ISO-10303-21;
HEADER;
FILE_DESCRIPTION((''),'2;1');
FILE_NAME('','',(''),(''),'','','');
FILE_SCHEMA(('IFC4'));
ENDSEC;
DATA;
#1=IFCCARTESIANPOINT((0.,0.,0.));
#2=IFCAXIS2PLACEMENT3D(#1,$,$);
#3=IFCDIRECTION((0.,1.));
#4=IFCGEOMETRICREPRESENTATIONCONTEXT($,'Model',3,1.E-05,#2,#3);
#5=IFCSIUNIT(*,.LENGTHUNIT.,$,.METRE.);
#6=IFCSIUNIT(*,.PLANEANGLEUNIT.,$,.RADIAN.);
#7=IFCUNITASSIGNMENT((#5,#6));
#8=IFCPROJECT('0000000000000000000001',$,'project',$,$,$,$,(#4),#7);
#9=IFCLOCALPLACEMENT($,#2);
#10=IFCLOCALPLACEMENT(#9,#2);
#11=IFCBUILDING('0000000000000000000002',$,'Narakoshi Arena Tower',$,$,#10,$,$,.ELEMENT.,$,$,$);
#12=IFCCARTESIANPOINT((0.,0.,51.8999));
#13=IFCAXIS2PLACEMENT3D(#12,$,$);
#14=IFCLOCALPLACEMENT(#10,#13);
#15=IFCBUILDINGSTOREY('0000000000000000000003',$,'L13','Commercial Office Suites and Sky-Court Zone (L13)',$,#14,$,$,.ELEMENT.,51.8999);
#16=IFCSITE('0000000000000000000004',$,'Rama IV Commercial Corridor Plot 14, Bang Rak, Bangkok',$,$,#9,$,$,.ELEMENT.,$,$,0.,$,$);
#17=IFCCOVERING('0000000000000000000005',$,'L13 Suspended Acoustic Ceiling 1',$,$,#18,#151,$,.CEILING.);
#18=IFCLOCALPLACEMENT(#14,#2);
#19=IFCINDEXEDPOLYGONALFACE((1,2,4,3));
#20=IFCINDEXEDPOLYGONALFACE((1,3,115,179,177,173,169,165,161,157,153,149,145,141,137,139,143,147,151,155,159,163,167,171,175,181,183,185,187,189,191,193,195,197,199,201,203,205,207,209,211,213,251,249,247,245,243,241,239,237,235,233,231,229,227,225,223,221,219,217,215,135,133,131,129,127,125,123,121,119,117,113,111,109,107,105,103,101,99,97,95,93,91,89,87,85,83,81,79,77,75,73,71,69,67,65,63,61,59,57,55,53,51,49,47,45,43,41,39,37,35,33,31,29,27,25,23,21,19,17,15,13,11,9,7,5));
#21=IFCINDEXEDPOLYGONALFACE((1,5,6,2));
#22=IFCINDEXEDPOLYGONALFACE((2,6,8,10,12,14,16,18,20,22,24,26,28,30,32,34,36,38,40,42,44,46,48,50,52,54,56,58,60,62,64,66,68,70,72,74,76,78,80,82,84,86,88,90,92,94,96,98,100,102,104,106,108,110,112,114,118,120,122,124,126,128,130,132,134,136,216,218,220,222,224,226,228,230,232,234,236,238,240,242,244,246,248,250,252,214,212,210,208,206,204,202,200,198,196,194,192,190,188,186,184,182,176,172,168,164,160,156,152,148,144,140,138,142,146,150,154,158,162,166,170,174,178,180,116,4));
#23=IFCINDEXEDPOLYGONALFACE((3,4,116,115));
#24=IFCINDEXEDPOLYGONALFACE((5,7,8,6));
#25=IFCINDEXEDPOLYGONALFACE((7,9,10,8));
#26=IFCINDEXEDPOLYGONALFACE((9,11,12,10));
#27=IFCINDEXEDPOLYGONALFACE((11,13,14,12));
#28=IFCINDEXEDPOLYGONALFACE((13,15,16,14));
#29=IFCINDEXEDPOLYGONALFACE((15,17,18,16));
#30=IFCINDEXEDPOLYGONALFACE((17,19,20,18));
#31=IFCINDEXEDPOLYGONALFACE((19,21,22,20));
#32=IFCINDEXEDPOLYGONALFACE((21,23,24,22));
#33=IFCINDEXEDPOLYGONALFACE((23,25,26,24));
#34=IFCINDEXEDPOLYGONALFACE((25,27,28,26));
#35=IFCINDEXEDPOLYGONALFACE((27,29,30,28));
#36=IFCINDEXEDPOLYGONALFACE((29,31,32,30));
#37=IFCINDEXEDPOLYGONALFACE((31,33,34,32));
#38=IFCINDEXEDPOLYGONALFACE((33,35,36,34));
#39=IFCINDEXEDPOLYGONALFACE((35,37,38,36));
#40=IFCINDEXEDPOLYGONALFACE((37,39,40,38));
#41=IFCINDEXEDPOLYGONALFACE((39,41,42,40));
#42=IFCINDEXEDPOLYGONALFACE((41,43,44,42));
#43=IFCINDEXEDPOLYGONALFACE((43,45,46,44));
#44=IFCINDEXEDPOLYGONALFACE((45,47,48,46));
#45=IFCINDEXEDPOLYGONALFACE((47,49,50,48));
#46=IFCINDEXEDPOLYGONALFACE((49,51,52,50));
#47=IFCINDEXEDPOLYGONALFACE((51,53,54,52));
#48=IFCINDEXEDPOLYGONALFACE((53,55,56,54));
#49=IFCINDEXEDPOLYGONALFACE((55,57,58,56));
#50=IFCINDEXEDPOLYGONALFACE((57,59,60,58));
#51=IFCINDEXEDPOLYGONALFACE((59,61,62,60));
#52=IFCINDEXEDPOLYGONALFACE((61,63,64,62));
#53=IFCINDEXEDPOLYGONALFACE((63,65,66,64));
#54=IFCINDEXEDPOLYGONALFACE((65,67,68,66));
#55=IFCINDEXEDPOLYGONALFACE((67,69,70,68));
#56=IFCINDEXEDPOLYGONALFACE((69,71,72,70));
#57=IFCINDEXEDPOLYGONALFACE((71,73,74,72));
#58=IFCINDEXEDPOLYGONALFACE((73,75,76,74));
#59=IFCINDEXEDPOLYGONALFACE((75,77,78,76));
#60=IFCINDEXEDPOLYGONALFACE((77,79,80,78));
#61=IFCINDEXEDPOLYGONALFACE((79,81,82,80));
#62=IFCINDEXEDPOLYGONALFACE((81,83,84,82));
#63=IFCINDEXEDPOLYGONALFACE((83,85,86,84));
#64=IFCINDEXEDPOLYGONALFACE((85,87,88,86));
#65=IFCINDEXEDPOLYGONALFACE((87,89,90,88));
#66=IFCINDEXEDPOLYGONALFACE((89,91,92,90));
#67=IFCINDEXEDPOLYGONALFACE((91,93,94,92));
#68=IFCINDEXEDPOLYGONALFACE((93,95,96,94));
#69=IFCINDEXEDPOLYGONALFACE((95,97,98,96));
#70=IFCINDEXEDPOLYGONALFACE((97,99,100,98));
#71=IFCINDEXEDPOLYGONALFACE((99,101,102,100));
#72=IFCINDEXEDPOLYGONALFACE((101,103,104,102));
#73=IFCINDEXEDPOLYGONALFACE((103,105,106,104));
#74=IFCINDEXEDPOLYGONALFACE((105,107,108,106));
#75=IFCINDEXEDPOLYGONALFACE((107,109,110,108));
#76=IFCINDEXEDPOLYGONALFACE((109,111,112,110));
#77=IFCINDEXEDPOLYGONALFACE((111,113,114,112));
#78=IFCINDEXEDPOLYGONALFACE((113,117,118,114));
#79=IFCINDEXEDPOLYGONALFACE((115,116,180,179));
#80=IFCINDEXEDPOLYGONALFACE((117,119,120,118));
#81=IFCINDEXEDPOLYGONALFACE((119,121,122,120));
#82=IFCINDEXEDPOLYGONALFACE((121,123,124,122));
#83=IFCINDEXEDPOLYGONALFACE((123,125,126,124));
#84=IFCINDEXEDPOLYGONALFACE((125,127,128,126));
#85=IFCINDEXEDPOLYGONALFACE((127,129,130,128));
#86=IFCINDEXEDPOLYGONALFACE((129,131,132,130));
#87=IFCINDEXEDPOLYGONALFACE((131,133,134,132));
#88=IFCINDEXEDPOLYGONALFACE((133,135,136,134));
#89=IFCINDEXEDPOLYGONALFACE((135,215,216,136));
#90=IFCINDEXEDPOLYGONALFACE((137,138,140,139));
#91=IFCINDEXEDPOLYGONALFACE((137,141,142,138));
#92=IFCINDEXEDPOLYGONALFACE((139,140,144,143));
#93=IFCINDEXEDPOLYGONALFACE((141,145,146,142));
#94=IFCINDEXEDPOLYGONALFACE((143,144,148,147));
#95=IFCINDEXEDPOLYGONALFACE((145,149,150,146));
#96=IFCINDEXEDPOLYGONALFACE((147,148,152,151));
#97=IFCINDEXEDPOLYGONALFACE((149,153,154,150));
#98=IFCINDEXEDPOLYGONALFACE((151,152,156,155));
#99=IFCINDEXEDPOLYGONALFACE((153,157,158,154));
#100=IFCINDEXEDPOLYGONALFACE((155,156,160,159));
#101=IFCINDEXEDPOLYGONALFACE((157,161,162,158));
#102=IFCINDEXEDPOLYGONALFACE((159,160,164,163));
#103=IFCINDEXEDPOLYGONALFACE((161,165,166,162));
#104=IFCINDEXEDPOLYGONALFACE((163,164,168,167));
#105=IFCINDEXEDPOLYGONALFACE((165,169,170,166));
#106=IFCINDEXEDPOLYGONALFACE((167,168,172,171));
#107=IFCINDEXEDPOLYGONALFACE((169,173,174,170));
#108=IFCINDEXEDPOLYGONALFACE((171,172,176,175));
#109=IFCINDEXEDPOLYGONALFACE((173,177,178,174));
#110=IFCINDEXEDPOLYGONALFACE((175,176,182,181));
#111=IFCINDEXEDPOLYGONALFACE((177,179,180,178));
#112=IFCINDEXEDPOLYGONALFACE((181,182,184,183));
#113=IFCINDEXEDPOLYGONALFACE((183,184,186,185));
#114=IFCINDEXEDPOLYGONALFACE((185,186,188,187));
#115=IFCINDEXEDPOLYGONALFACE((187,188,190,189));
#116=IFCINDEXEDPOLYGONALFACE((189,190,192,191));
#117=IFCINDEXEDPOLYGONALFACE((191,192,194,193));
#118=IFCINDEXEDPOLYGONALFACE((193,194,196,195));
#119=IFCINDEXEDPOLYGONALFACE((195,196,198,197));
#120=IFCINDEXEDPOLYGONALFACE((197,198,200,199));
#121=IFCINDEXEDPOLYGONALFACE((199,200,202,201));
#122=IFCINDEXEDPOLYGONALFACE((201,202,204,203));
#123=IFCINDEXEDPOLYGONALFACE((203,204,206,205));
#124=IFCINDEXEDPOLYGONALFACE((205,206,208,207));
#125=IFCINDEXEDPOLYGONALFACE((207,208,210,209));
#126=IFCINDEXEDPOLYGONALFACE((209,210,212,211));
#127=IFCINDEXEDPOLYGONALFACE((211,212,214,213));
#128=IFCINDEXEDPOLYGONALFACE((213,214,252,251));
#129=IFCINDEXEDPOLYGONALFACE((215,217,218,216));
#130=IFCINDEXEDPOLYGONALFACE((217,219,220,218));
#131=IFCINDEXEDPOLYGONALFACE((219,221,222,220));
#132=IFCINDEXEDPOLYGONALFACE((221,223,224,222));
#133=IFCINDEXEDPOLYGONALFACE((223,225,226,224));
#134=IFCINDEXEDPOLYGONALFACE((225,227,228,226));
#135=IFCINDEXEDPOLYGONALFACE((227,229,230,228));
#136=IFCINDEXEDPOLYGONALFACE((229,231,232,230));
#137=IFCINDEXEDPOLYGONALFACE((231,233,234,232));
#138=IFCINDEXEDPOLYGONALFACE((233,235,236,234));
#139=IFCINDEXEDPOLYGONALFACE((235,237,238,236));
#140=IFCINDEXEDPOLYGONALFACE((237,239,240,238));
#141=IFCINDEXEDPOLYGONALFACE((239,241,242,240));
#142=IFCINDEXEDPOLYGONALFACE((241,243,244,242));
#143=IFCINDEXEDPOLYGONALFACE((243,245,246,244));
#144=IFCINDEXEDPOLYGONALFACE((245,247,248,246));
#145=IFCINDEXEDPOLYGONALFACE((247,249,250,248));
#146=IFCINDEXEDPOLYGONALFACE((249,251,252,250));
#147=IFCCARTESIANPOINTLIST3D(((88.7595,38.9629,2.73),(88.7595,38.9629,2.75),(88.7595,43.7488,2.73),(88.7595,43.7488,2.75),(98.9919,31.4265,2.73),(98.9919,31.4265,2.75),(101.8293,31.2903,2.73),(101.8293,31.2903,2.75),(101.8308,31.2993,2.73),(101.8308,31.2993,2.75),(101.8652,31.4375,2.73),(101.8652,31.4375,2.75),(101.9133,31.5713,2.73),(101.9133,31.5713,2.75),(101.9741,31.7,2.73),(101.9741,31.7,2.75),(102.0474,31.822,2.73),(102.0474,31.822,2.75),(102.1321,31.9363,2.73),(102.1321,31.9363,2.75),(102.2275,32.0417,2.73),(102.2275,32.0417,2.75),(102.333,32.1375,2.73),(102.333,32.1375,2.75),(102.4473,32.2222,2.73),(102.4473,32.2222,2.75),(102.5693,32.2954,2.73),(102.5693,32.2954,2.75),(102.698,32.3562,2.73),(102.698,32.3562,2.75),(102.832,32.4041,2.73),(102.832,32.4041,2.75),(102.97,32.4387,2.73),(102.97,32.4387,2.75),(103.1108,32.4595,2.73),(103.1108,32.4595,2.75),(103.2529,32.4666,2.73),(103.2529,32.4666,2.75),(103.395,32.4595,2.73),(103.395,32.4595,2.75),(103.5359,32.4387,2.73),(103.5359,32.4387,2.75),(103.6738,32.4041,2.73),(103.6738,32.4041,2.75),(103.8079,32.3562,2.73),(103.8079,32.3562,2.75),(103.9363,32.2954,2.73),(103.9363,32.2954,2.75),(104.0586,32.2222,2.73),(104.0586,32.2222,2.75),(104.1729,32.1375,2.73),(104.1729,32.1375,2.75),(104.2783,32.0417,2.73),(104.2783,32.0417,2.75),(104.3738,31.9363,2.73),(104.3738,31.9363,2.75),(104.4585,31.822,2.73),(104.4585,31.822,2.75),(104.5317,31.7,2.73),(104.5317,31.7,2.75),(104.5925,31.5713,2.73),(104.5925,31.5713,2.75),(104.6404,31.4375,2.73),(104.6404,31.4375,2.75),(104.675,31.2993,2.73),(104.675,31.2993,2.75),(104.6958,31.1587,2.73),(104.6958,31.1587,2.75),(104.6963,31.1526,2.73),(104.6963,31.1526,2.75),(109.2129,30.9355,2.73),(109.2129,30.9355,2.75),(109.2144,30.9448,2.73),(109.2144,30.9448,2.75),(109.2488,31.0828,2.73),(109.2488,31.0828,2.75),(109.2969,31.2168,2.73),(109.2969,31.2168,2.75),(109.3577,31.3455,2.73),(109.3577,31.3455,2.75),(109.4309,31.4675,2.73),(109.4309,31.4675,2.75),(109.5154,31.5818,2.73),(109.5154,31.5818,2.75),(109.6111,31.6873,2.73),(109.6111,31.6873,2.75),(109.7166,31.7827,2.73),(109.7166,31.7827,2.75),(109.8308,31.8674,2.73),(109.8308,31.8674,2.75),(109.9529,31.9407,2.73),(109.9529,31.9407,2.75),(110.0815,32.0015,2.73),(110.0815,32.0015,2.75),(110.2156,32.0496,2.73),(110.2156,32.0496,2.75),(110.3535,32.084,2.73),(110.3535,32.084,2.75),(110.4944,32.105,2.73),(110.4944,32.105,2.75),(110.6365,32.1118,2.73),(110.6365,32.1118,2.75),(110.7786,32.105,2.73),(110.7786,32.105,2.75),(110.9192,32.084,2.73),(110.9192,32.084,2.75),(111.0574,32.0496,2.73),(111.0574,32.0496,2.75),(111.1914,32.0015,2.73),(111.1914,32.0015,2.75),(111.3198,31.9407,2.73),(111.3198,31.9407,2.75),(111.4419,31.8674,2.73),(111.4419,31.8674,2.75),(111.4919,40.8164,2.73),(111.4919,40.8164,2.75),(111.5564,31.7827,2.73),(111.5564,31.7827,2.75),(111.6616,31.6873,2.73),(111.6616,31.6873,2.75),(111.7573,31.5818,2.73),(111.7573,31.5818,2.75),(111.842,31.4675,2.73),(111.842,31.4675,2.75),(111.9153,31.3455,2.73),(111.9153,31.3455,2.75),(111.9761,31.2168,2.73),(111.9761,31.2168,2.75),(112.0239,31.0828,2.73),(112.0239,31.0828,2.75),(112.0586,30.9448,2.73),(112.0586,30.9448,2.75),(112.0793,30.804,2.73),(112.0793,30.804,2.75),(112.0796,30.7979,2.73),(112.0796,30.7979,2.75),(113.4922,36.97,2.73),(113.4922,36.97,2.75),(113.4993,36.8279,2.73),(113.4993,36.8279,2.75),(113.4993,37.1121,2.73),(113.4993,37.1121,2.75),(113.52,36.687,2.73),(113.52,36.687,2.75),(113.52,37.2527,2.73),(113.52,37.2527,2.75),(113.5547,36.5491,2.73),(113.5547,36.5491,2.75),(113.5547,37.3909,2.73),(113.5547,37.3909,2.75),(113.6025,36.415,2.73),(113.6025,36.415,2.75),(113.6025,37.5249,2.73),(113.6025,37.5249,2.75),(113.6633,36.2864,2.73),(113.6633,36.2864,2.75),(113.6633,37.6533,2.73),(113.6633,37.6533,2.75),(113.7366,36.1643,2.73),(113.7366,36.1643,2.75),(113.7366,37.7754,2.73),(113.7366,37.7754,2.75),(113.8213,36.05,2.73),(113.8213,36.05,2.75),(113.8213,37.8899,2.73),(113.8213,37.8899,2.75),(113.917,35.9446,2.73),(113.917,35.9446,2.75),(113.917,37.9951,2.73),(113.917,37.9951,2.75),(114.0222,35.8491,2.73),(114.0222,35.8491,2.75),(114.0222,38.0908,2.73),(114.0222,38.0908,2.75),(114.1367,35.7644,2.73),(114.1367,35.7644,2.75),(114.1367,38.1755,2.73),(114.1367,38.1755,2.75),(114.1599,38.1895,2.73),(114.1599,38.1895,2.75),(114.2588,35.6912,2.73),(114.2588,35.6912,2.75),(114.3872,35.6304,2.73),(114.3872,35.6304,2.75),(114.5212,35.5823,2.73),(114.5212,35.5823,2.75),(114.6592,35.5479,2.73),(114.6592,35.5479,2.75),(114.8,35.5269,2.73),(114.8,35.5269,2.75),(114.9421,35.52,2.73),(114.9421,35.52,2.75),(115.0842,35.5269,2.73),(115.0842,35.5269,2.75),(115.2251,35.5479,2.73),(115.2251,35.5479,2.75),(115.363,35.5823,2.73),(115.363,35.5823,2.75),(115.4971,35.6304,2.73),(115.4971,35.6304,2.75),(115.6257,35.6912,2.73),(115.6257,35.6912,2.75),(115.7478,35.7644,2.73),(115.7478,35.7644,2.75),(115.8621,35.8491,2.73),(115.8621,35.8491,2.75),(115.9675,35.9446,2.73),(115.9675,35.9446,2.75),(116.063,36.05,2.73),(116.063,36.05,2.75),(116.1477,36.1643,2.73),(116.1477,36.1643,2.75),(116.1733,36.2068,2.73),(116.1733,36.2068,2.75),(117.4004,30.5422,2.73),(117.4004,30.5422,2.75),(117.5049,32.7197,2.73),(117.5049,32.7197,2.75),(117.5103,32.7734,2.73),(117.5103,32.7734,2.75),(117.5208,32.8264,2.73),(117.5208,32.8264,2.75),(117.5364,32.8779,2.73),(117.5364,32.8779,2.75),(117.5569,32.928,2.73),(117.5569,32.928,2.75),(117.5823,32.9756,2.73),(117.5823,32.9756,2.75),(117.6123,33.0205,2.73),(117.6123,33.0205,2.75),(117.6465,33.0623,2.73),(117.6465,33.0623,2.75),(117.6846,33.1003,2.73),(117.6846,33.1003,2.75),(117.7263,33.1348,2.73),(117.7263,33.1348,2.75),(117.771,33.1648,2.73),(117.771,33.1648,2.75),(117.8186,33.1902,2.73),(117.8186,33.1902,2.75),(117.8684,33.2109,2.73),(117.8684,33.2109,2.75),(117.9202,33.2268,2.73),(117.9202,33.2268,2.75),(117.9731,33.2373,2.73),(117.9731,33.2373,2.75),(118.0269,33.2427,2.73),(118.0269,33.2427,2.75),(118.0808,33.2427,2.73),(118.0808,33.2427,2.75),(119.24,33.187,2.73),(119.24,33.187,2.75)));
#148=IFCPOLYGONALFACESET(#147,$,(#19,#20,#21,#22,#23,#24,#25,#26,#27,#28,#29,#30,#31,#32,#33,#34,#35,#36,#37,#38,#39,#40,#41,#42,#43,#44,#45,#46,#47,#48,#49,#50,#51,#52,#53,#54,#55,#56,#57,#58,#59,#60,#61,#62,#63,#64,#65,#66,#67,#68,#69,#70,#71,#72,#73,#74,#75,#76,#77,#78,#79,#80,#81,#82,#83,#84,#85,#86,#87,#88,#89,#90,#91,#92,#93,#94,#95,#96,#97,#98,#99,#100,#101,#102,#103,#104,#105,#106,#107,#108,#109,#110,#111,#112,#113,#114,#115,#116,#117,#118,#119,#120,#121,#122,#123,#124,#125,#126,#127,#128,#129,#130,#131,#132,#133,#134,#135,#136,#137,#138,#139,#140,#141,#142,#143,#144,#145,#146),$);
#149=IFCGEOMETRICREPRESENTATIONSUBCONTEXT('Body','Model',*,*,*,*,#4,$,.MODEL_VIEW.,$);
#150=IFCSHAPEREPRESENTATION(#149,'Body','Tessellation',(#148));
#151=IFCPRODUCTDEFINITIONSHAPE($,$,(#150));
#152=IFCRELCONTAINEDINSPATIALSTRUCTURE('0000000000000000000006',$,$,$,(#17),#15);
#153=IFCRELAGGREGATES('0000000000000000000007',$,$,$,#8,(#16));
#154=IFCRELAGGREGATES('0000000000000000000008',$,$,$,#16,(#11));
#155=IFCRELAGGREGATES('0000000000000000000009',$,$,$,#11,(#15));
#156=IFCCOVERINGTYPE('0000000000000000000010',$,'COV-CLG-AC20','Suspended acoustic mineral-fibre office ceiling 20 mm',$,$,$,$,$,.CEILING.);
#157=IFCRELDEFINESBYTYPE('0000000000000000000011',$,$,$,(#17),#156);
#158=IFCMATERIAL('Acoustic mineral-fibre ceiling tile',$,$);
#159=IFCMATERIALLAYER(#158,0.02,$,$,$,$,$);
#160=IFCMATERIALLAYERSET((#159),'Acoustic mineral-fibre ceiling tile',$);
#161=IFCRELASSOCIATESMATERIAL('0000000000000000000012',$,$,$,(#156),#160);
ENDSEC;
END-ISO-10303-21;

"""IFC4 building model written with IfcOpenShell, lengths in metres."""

from ifc_helpers import new_model, si_unit, direction, frame, origin, place, context, subcontext, project, spatial, polyline, outline, extrude, material, layer, layer_set, type_object, element, save


model = new_model("IFC4")

# Units and contexts
model_context = context("Model", 3, precision=1e-05, world=origin(), true_north=direction((0.0, 1.0)))
body_context = subcontext(model_context, "Body", "Model", "MODEL_VIEW")
ifc_project = project(units=[si_unit("LENGTHUNIT", "METRE"), si_unit("PLANEANGLEUNIT", "RADIAN")], contexts=[model_context])

# Site, building, storey
site_placement = place(None, origin())
site = spatial("IfcSite", under=ifc_project, at=site_placement, Name="Rama IV Commercial Corridor Plot 14, Bang Rak, Bangkok", CompositionType="ELEMENT", RefElevation=0.0)
building_placement = place(site_placement, origin())
building = spatial("IfcBuilding", under=site, at=building_placement, Name="Narakoshi Arena Tower", CompositionType="ELEMENT")
storey_placement = place(building_placement, frame((0.0, 0.0, 51.8999)))
storey = spatial("IfcBuildingStorey", under=building, at=storey_placement, Name="L13", Description="Commercial Office Suites and Sky-Court Zone (L13)", CompositionType="ELEMENT", Elevation=51.8999)

# Covering
ifc_material_1 = material(Name="Acoustic mineral-fibre ceiling tile")
ifc_layer_1 = layer(ifc_material_1, 0.02)
ifc_layer_set_1 = layer_set([ifc_layer_1], Name="Acoustic mineral-fibre ceiling tile")
covering_type_1 = type_object("IfcCoveringType", Name="COV-CLG-AC20", Description="Suspended acoustic mineral-fibre office ceiling 20 mm", PredefinedType="CEILING", material=ifc_layer_set_1)
covering_1_placement = place(storey_placement, frame((0.0, 0.0, 2.73)))
element("IfcCovering", 1, at=covering_1_placement, inside=storey, type_object=covering_type_1, Name="L13 Suspended Acoustic Ceiling 1", PredefinedType="CEILING", context=body_context, shape_type="SweptSolid", body=[
    extrude(outline(polyline([(112.0796, 30.7979), (112.0793, 30.804), (112.0586, 30.9448), (112.0239, 31.0828), (111.9761, 31.2168), (111.9153, 31.3455), (111.842, 31.4675), (111.7573, 31.5818), (111.6616, 31.6873), (111.5564, 31.7827), (111.4419, 31.8674), (111.3198, 31.9407), (111.1914, 32.0015), (111.0574, 32.0496), (110.9192, 32.084), (110.7786, 32.105), (110.6365, 32.1118), (110.4944, 32.105), (110.3535, 32.084), (110.2156, 32.0496), (110.0815, 32.0015), (109.9529, 31.9407), (109.8308, 31.8674), (109.7166, 31.7827), (109.6111, 31.6873), (109.5154, 31.5818), (109.4309, 31.4675), (109.3577, 31.3455), (109.2969, 31.2168), (109.2488, 31.0828), (109.2144, 30.9448), (109.2129, 30.9355), (104.6963, 31.1526), (104.6958, 31.1587), (104.675, 31.2993), (104.6404, 31.4375), (104.5925, 31.5713), (104.5317, 31.7), (104.4585, 31.822), (104.3738, 31.9363), (104.2783, 32.0417), (104.1729, 32.1375), (104.0586, 32.2222), (103.9363, 32.2954), (103.8079, 32.3562), (103.6738, 32.4041), (103.5359, 32.4387), (103.395, 32.4595), (103.2529, 32.4666), (103.1108, 32.4595), (102.97, 32.4387), (102.832, 32.4041), (102.698, 32.3562), (102.5693, 32.2954), (102.4473, 32.2222), (102.333, 32.1375), (102.2275, 32.0417), (102.1321, 31.9363), (102.0474, 31.822), (101.9741, 31.7), (101.9133, 31.5713), (101.8652, 31.4375), (101.8308, 31.2993), (101.8293, 31.2903), (98.9919, 31.4265), (88.7595, 38.9629), (88.7595, 43.7488), (111.4919, 40.8164), (114.1599, 38.1895), (114.1367, 38.1755), (114.0222, 38.0908), (113.917, 37.9951), (113.8213, 37.8899), (113.7366, 37.7754), (113.6633, 37.6533), (113.6025, 37.5249), (113.5547, 37.3909), (113.52, 37.2527), (113.4993, 37.1121), (113.4922, 36.97), (113.4993, 36.8279), (113.52, 36.687), (113.5547, 36.5491), (113.6025, 36.415), (113.6633, 36.2864), (113.7366, 36.1643), (113.8213, 36.05), (113.917, 35.9446), (114.0222, 35.8491), (114.1367, 35.7644), (114.2588, 35.6912), (114.3872, 35.6304), (114.5212, 35.5823), (114.6592, 35.5479), (114.8, 35.5269), (114.9421, 35.52), (115.0842, 35.5269), (115.2251, 35.5479), (115.363, 35.5823), (115.4971, 35.6304), (115.6257, 35.6912), (115.7478, 35.7644), (115.8621, 35.8491), (115.9675, 35.9446), (116.063, 36.05), (116.1477, 36.1643), (116.1733, 36.2068), (119.24, 33.187), (118.0808, 33.2427), (118.0269, 33.2427), (117.9731, 33.2373), (117.9202, 33.2268), (117.8684, 33.2109), (117.8186, 33.1902), (117.771, 33.1648), (117.7263, 33.1348), (117.6846, 33.1003), (117.6465, 33.0623), (117.6123, 33.0205), (117.5823, 32.9756), (117.5569, 32.928), (117.5364, 32.8779), (117.5208, 32.8264), (117.5103, 32.7734), (117.5049, 32.7197), (117.4004, 30.5422), (112.0796, 30.7979)])), origin(), (0.0, 0.0, 1.0), 0.02),
])

save(model, "model.ifc")
